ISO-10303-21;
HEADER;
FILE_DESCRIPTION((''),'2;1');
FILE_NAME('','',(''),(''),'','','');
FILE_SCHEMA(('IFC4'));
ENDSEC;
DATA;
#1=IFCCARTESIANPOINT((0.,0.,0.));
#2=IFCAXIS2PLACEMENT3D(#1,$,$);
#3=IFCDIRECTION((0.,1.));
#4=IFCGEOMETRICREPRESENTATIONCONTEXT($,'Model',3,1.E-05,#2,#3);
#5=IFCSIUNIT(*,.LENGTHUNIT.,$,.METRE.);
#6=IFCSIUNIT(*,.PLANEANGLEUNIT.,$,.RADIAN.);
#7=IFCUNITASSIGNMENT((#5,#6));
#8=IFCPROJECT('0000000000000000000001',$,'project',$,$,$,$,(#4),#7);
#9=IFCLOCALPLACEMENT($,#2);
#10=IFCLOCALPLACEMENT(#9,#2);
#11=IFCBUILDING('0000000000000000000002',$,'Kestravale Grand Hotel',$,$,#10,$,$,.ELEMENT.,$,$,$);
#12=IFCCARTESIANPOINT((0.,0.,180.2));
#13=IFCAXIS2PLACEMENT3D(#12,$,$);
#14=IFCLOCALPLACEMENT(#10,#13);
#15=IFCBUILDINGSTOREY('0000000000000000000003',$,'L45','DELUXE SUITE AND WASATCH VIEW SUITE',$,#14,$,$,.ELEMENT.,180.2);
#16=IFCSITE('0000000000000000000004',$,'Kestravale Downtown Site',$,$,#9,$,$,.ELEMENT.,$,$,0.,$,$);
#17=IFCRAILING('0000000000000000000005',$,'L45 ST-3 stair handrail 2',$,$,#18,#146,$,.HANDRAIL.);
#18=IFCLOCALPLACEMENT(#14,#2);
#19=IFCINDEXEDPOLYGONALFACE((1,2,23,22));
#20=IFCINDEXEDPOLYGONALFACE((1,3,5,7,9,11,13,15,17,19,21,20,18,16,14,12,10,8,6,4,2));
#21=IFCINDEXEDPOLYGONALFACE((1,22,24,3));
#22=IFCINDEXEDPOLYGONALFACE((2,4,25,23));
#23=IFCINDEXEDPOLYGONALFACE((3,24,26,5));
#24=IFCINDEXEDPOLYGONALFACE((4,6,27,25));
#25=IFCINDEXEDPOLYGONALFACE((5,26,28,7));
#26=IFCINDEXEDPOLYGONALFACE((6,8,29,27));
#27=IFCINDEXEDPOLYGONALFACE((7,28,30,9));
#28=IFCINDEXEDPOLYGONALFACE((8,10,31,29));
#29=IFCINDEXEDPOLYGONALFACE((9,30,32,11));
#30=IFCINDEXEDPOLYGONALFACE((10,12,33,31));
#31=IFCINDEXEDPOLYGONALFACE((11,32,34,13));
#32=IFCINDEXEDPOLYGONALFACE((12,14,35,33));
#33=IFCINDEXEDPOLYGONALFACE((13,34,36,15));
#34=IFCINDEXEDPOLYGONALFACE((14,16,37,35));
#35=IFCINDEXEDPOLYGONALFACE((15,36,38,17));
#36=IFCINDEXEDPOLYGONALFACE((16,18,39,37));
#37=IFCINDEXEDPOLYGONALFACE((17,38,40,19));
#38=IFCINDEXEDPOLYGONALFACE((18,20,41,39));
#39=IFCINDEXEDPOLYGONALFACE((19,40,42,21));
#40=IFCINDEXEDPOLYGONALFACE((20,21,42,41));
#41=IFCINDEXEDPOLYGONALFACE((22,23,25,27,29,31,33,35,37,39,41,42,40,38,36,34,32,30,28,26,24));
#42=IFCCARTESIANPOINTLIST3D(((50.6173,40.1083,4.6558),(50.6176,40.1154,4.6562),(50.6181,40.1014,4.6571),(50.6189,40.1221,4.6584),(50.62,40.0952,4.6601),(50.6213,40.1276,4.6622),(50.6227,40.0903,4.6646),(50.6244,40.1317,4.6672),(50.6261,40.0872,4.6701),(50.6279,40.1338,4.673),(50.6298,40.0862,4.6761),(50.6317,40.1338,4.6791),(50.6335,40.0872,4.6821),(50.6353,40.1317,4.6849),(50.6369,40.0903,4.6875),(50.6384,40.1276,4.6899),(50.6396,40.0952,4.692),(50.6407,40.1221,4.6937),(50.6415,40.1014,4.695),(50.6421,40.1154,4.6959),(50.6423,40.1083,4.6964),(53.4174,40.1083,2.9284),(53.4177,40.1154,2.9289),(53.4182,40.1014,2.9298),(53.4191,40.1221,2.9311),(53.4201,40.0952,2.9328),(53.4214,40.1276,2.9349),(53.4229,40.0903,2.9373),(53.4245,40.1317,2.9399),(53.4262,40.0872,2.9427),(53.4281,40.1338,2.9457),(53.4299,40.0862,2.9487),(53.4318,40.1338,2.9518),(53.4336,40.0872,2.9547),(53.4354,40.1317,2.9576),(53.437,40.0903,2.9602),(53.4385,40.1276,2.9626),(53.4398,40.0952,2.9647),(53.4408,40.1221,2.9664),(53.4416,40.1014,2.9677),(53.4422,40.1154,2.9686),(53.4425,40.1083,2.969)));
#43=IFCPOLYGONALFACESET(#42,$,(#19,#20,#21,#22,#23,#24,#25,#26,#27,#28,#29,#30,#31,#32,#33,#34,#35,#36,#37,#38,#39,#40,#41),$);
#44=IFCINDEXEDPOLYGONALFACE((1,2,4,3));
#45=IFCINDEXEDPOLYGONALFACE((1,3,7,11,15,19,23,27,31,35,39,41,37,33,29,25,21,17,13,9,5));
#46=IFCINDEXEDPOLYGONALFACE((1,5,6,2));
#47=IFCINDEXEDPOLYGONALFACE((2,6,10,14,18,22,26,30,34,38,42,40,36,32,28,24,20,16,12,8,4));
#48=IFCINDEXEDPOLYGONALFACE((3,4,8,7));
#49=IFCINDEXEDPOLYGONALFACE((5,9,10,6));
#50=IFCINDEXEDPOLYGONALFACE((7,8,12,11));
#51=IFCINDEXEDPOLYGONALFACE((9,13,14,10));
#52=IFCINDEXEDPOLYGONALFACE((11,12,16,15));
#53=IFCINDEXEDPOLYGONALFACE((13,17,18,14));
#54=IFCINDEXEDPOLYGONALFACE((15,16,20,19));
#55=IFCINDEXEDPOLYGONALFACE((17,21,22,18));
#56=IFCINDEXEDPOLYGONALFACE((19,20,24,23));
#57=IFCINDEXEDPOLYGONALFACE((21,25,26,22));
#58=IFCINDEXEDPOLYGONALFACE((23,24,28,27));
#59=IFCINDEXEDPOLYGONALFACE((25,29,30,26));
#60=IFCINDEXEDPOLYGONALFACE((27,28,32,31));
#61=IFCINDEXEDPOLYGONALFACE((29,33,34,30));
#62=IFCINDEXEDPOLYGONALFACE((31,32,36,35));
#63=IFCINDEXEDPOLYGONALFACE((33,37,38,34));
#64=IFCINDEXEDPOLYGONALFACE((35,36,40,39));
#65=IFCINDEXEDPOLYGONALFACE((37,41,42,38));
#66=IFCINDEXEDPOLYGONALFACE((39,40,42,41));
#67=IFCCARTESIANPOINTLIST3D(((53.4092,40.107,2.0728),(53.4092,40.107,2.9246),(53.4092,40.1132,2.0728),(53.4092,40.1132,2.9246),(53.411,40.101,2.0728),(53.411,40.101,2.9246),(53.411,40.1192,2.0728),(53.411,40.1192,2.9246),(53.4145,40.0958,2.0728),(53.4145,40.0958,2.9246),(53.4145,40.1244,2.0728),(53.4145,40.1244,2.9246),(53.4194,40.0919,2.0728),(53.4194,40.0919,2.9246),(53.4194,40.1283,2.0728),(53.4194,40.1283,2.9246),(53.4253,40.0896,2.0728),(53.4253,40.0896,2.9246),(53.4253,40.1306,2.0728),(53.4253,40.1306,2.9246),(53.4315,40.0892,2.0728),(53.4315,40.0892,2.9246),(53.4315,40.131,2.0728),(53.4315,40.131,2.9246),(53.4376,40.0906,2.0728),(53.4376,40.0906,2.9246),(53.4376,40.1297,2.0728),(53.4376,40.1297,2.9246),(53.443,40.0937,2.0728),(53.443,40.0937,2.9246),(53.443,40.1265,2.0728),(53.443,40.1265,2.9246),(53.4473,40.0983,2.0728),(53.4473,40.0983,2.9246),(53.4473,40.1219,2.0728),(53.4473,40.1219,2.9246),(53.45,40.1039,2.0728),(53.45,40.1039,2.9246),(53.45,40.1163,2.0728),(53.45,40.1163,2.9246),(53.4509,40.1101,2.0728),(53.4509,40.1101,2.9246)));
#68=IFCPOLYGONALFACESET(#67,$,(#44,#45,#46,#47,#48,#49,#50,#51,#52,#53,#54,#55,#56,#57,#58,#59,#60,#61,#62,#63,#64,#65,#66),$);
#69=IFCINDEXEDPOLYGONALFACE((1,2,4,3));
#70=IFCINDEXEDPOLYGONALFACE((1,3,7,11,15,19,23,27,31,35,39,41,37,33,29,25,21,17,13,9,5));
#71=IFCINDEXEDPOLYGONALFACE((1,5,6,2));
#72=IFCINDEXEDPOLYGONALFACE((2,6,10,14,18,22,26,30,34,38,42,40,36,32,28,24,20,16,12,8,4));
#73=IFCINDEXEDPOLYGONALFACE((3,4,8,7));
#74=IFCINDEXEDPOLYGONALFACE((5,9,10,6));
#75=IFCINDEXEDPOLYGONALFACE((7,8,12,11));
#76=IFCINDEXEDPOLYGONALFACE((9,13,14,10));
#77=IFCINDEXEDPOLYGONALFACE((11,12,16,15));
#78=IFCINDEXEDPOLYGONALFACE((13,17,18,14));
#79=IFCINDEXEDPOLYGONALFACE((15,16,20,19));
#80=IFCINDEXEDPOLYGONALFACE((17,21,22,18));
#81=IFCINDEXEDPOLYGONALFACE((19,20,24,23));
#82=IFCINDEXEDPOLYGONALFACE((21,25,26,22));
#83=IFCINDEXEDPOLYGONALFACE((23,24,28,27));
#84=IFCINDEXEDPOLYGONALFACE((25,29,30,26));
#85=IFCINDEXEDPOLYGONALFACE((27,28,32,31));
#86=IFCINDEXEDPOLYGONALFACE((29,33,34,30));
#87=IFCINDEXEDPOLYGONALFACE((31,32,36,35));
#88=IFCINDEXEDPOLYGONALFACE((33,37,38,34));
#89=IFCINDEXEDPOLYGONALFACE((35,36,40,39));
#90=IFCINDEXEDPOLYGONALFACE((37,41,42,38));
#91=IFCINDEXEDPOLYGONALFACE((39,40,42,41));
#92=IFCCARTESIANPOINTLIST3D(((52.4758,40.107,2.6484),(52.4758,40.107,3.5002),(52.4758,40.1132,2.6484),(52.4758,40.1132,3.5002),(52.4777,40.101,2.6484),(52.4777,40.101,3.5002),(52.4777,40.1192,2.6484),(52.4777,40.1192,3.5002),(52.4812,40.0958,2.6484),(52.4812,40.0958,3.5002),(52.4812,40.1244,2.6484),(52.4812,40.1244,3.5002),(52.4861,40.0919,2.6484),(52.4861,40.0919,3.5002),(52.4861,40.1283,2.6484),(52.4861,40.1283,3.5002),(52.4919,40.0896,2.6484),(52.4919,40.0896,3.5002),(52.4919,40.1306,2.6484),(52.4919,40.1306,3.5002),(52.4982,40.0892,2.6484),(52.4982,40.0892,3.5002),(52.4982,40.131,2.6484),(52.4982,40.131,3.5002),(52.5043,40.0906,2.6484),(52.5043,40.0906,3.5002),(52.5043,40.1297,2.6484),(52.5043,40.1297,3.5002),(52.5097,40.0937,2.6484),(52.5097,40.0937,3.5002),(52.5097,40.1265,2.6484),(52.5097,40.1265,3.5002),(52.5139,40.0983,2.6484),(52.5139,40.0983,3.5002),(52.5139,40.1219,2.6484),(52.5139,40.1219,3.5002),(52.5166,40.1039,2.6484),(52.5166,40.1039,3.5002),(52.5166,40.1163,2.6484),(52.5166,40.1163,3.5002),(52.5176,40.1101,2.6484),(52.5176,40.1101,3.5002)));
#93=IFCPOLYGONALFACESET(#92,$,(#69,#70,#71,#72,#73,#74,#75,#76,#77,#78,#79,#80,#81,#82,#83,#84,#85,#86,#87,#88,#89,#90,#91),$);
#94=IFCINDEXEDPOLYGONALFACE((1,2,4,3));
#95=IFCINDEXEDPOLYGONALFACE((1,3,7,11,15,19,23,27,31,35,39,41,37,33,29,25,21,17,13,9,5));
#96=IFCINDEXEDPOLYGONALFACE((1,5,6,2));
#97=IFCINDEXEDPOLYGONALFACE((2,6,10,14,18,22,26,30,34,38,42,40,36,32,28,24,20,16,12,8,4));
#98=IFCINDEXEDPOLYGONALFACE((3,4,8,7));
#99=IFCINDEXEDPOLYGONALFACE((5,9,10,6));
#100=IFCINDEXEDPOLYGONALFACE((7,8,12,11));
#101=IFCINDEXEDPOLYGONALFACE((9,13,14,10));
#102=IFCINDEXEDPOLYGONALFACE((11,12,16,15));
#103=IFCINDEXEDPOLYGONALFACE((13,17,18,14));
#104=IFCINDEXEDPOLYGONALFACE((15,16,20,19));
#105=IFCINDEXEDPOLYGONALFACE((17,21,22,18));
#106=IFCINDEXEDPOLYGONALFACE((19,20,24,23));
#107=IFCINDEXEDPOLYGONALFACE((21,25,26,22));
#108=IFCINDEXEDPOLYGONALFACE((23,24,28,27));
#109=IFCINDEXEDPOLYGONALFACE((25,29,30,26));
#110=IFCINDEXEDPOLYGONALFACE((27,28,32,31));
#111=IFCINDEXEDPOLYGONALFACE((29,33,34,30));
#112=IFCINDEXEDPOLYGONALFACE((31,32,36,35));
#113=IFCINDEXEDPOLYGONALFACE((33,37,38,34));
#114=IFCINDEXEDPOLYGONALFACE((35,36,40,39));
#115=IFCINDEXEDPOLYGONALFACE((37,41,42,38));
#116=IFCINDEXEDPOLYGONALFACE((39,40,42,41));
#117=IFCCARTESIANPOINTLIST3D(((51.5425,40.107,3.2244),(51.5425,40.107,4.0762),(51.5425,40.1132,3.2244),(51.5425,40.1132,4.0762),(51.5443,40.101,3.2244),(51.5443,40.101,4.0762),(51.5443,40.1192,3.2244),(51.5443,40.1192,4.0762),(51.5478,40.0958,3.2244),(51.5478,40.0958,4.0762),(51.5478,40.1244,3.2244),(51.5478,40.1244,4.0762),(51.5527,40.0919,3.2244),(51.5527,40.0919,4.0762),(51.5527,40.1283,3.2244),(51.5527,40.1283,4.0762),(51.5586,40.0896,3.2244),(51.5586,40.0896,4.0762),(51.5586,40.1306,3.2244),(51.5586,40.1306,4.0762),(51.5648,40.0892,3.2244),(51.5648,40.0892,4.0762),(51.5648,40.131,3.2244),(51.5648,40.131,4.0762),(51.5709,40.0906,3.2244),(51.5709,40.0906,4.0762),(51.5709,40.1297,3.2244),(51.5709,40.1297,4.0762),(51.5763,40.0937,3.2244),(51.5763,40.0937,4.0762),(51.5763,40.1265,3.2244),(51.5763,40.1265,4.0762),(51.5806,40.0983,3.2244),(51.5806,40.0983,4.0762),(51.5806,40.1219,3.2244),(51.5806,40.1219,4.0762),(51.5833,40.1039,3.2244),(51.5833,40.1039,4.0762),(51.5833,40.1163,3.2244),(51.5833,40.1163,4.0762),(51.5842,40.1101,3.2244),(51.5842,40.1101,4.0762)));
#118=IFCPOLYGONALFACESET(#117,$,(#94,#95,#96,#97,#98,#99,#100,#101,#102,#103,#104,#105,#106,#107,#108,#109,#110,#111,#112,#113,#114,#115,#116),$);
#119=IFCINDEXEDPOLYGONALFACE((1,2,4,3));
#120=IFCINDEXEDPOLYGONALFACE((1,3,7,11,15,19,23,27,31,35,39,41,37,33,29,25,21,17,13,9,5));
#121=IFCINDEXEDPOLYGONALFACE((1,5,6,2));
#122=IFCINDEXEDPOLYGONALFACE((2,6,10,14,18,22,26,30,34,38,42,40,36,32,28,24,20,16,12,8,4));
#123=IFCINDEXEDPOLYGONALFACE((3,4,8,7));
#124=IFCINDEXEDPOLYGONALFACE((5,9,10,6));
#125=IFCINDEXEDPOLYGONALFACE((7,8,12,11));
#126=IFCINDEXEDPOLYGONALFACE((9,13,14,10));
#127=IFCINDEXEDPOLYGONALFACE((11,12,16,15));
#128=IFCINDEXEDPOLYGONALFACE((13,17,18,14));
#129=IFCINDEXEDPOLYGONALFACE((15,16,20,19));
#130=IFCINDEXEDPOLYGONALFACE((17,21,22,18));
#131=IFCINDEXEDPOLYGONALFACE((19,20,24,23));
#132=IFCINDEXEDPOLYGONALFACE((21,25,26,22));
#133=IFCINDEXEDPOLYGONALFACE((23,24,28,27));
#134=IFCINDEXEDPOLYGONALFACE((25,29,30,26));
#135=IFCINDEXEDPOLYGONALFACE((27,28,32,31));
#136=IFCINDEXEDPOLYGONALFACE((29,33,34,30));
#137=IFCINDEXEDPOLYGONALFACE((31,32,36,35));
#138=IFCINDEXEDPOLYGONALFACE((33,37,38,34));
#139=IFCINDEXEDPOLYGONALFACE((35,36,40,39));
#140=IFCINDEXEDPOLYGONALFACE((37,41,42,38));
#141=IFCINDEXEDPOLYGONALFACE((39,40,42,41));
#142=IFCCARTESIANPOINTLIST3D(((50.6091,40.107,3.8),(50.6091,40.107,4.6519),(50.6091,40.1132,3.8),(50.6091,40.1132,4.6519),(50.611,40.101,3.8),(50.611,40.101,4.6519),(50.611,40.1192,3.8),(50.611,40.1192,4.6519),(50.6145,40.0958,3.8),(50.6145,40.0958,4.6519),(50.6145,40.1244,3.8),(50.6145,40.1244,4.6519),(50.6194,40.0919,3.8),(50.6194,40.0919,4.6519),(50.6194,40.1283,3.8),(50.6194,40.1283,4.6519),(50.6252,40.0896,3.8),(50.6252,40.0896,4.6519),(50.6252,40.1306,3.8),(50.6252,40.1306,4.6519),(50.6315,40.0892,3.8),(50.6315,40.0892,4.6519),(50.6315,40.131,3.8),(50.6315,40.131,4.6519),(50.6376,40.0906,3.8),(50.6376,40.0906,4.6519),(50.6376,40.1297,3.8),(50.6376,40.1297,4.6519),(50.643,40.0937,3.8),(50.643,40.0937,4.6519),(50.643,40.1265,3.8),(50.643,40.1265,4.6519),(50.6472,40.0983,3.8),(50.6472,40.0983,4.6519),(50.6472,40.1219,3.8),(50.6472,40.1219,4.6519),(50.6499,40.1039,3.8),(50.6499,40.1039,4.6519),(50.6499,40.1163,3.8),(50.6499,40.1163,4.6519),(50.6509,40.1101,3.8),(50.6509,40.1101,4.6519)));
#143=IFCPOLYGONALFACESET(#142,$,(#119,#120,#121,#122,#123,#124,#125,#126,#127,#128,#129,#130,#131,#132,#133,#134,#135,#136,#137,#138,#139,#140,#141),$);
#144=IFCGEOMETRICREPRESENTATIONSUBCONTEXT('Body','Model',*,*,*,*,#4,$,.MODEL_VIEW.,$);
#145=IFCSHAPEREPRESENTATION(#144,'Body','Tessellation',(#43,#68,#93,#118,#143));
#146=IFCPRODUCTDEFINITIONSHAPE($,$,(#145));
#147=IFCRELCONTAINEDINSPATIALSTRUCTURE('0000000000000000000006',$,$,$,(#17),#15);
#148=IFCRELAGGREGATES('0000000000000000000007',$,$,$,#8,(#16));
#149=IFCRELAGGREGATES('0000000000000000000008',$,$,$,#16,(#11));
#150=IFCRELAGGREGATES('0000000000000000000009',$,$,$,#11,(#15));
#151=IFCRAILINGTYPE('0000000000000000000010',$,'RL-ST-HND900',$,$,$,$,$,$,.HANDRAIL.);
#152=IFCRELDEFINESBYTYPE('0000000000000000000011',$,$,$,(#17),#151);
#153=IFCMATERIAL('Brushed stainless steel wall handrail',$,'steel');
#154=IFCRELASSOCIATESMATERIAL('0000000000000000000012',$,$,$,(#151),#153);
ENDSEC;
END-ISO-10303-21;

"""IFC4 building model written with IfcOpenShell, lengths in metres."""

from ifc_helpers import new_model, si_unit, direction, frame, origin, origin_2d, place, context, subcontext, project, spatial, circle, extrude, material, type_object, element, save


model = new_model("IFC4")

# Units and contexts
model_context = context("Model", 3, precision=1e-05, world=origin(), true_north=direction((0.0, 1.0)))
body_context = subcontext(model_context, "Body", "Model", "MODEL_VIEW")
ifc_project = project(units=[si_unit("LENGTHUNIT", "METRE"), si_unit("PLANEANGLEUNIT", "RADIAN")], contexts=[model_context])

# Site, building, storey
site_placement = place(None, origin())
site = spatial("IfcSite", under=ifc_project, at=site_placement, Name="Kestravale Downtown Site", CompositionType="ELEMENT", RefElevation=0.0)
building_placement = place(site_placement, origin())
building = spatial("IfcBuilding", under=site, at=building_placement, Name="Kestravale Grand Hotel", CompositionType="ELEMENT")
storey_placement = place(building_placement, frame((0.0, 0.0, 180.2)))
storey = spatial("IfcBuildingStorey", under=building, at=storey_placement, Name="L45", Description="DELUXE SUITE AND WASATCH VIEW SUITE", CompositionType="ELEMENT", Elevation=180.2)

# Railing
ifc_material_1 = material(Name="Brushed stainless steel wall handrail", Category="steel")
railing_type_1 = type_object("IfcRailingType", Name="RL-ST-HND900", PredefinedType="HANDRAIL", material=ifc_material_1)
railing_1_placement = place(storey_placement, frame((53.4299, 40.1101, 2.0728)))
element("IfcRailing", 1, at=railing_1_placement, inside=storey, type_object=railing_type_1, Name="L45 ST-3 stair handrail 2", PredefinedType="HANDRAIL", context=body_context, shape_type="SweptSolid", body=[
    extrude(circle(Radius=0.0239, at=origin_2d()), frame((0.0, 0.0, 0.876), z_axis=(-0.85109, 0.0, 0.52502), x_axis=(0.0, -1.0, 0.0)), (0.0, 0.0, 1.0), 3.29),
    extrude(circle(Radius=0.021, at=origin_2d()), origin(), (0.0, 0.0, 1.0), 0.8518),
    extrude(circle(Radius=0.021, at=origin_2d()), frame((-0.9333, 0.0, 0.5757)), (0.0, 0.0, 1.0), 0.8518),
    extrude(circle(Radius=0.021, at=origin_2d()), frame((-1.8667, 0.0, 1.1516)), (0.0, 0.0, 1.0), 0.8518),
    extrude(circle(Radius=0.021, at=origin_2d()), frame((-2.8, 0.0, 1.7273)), (0.0, 0.0, 1.0), 0.8518),
])

save(model, "model.ifc")
